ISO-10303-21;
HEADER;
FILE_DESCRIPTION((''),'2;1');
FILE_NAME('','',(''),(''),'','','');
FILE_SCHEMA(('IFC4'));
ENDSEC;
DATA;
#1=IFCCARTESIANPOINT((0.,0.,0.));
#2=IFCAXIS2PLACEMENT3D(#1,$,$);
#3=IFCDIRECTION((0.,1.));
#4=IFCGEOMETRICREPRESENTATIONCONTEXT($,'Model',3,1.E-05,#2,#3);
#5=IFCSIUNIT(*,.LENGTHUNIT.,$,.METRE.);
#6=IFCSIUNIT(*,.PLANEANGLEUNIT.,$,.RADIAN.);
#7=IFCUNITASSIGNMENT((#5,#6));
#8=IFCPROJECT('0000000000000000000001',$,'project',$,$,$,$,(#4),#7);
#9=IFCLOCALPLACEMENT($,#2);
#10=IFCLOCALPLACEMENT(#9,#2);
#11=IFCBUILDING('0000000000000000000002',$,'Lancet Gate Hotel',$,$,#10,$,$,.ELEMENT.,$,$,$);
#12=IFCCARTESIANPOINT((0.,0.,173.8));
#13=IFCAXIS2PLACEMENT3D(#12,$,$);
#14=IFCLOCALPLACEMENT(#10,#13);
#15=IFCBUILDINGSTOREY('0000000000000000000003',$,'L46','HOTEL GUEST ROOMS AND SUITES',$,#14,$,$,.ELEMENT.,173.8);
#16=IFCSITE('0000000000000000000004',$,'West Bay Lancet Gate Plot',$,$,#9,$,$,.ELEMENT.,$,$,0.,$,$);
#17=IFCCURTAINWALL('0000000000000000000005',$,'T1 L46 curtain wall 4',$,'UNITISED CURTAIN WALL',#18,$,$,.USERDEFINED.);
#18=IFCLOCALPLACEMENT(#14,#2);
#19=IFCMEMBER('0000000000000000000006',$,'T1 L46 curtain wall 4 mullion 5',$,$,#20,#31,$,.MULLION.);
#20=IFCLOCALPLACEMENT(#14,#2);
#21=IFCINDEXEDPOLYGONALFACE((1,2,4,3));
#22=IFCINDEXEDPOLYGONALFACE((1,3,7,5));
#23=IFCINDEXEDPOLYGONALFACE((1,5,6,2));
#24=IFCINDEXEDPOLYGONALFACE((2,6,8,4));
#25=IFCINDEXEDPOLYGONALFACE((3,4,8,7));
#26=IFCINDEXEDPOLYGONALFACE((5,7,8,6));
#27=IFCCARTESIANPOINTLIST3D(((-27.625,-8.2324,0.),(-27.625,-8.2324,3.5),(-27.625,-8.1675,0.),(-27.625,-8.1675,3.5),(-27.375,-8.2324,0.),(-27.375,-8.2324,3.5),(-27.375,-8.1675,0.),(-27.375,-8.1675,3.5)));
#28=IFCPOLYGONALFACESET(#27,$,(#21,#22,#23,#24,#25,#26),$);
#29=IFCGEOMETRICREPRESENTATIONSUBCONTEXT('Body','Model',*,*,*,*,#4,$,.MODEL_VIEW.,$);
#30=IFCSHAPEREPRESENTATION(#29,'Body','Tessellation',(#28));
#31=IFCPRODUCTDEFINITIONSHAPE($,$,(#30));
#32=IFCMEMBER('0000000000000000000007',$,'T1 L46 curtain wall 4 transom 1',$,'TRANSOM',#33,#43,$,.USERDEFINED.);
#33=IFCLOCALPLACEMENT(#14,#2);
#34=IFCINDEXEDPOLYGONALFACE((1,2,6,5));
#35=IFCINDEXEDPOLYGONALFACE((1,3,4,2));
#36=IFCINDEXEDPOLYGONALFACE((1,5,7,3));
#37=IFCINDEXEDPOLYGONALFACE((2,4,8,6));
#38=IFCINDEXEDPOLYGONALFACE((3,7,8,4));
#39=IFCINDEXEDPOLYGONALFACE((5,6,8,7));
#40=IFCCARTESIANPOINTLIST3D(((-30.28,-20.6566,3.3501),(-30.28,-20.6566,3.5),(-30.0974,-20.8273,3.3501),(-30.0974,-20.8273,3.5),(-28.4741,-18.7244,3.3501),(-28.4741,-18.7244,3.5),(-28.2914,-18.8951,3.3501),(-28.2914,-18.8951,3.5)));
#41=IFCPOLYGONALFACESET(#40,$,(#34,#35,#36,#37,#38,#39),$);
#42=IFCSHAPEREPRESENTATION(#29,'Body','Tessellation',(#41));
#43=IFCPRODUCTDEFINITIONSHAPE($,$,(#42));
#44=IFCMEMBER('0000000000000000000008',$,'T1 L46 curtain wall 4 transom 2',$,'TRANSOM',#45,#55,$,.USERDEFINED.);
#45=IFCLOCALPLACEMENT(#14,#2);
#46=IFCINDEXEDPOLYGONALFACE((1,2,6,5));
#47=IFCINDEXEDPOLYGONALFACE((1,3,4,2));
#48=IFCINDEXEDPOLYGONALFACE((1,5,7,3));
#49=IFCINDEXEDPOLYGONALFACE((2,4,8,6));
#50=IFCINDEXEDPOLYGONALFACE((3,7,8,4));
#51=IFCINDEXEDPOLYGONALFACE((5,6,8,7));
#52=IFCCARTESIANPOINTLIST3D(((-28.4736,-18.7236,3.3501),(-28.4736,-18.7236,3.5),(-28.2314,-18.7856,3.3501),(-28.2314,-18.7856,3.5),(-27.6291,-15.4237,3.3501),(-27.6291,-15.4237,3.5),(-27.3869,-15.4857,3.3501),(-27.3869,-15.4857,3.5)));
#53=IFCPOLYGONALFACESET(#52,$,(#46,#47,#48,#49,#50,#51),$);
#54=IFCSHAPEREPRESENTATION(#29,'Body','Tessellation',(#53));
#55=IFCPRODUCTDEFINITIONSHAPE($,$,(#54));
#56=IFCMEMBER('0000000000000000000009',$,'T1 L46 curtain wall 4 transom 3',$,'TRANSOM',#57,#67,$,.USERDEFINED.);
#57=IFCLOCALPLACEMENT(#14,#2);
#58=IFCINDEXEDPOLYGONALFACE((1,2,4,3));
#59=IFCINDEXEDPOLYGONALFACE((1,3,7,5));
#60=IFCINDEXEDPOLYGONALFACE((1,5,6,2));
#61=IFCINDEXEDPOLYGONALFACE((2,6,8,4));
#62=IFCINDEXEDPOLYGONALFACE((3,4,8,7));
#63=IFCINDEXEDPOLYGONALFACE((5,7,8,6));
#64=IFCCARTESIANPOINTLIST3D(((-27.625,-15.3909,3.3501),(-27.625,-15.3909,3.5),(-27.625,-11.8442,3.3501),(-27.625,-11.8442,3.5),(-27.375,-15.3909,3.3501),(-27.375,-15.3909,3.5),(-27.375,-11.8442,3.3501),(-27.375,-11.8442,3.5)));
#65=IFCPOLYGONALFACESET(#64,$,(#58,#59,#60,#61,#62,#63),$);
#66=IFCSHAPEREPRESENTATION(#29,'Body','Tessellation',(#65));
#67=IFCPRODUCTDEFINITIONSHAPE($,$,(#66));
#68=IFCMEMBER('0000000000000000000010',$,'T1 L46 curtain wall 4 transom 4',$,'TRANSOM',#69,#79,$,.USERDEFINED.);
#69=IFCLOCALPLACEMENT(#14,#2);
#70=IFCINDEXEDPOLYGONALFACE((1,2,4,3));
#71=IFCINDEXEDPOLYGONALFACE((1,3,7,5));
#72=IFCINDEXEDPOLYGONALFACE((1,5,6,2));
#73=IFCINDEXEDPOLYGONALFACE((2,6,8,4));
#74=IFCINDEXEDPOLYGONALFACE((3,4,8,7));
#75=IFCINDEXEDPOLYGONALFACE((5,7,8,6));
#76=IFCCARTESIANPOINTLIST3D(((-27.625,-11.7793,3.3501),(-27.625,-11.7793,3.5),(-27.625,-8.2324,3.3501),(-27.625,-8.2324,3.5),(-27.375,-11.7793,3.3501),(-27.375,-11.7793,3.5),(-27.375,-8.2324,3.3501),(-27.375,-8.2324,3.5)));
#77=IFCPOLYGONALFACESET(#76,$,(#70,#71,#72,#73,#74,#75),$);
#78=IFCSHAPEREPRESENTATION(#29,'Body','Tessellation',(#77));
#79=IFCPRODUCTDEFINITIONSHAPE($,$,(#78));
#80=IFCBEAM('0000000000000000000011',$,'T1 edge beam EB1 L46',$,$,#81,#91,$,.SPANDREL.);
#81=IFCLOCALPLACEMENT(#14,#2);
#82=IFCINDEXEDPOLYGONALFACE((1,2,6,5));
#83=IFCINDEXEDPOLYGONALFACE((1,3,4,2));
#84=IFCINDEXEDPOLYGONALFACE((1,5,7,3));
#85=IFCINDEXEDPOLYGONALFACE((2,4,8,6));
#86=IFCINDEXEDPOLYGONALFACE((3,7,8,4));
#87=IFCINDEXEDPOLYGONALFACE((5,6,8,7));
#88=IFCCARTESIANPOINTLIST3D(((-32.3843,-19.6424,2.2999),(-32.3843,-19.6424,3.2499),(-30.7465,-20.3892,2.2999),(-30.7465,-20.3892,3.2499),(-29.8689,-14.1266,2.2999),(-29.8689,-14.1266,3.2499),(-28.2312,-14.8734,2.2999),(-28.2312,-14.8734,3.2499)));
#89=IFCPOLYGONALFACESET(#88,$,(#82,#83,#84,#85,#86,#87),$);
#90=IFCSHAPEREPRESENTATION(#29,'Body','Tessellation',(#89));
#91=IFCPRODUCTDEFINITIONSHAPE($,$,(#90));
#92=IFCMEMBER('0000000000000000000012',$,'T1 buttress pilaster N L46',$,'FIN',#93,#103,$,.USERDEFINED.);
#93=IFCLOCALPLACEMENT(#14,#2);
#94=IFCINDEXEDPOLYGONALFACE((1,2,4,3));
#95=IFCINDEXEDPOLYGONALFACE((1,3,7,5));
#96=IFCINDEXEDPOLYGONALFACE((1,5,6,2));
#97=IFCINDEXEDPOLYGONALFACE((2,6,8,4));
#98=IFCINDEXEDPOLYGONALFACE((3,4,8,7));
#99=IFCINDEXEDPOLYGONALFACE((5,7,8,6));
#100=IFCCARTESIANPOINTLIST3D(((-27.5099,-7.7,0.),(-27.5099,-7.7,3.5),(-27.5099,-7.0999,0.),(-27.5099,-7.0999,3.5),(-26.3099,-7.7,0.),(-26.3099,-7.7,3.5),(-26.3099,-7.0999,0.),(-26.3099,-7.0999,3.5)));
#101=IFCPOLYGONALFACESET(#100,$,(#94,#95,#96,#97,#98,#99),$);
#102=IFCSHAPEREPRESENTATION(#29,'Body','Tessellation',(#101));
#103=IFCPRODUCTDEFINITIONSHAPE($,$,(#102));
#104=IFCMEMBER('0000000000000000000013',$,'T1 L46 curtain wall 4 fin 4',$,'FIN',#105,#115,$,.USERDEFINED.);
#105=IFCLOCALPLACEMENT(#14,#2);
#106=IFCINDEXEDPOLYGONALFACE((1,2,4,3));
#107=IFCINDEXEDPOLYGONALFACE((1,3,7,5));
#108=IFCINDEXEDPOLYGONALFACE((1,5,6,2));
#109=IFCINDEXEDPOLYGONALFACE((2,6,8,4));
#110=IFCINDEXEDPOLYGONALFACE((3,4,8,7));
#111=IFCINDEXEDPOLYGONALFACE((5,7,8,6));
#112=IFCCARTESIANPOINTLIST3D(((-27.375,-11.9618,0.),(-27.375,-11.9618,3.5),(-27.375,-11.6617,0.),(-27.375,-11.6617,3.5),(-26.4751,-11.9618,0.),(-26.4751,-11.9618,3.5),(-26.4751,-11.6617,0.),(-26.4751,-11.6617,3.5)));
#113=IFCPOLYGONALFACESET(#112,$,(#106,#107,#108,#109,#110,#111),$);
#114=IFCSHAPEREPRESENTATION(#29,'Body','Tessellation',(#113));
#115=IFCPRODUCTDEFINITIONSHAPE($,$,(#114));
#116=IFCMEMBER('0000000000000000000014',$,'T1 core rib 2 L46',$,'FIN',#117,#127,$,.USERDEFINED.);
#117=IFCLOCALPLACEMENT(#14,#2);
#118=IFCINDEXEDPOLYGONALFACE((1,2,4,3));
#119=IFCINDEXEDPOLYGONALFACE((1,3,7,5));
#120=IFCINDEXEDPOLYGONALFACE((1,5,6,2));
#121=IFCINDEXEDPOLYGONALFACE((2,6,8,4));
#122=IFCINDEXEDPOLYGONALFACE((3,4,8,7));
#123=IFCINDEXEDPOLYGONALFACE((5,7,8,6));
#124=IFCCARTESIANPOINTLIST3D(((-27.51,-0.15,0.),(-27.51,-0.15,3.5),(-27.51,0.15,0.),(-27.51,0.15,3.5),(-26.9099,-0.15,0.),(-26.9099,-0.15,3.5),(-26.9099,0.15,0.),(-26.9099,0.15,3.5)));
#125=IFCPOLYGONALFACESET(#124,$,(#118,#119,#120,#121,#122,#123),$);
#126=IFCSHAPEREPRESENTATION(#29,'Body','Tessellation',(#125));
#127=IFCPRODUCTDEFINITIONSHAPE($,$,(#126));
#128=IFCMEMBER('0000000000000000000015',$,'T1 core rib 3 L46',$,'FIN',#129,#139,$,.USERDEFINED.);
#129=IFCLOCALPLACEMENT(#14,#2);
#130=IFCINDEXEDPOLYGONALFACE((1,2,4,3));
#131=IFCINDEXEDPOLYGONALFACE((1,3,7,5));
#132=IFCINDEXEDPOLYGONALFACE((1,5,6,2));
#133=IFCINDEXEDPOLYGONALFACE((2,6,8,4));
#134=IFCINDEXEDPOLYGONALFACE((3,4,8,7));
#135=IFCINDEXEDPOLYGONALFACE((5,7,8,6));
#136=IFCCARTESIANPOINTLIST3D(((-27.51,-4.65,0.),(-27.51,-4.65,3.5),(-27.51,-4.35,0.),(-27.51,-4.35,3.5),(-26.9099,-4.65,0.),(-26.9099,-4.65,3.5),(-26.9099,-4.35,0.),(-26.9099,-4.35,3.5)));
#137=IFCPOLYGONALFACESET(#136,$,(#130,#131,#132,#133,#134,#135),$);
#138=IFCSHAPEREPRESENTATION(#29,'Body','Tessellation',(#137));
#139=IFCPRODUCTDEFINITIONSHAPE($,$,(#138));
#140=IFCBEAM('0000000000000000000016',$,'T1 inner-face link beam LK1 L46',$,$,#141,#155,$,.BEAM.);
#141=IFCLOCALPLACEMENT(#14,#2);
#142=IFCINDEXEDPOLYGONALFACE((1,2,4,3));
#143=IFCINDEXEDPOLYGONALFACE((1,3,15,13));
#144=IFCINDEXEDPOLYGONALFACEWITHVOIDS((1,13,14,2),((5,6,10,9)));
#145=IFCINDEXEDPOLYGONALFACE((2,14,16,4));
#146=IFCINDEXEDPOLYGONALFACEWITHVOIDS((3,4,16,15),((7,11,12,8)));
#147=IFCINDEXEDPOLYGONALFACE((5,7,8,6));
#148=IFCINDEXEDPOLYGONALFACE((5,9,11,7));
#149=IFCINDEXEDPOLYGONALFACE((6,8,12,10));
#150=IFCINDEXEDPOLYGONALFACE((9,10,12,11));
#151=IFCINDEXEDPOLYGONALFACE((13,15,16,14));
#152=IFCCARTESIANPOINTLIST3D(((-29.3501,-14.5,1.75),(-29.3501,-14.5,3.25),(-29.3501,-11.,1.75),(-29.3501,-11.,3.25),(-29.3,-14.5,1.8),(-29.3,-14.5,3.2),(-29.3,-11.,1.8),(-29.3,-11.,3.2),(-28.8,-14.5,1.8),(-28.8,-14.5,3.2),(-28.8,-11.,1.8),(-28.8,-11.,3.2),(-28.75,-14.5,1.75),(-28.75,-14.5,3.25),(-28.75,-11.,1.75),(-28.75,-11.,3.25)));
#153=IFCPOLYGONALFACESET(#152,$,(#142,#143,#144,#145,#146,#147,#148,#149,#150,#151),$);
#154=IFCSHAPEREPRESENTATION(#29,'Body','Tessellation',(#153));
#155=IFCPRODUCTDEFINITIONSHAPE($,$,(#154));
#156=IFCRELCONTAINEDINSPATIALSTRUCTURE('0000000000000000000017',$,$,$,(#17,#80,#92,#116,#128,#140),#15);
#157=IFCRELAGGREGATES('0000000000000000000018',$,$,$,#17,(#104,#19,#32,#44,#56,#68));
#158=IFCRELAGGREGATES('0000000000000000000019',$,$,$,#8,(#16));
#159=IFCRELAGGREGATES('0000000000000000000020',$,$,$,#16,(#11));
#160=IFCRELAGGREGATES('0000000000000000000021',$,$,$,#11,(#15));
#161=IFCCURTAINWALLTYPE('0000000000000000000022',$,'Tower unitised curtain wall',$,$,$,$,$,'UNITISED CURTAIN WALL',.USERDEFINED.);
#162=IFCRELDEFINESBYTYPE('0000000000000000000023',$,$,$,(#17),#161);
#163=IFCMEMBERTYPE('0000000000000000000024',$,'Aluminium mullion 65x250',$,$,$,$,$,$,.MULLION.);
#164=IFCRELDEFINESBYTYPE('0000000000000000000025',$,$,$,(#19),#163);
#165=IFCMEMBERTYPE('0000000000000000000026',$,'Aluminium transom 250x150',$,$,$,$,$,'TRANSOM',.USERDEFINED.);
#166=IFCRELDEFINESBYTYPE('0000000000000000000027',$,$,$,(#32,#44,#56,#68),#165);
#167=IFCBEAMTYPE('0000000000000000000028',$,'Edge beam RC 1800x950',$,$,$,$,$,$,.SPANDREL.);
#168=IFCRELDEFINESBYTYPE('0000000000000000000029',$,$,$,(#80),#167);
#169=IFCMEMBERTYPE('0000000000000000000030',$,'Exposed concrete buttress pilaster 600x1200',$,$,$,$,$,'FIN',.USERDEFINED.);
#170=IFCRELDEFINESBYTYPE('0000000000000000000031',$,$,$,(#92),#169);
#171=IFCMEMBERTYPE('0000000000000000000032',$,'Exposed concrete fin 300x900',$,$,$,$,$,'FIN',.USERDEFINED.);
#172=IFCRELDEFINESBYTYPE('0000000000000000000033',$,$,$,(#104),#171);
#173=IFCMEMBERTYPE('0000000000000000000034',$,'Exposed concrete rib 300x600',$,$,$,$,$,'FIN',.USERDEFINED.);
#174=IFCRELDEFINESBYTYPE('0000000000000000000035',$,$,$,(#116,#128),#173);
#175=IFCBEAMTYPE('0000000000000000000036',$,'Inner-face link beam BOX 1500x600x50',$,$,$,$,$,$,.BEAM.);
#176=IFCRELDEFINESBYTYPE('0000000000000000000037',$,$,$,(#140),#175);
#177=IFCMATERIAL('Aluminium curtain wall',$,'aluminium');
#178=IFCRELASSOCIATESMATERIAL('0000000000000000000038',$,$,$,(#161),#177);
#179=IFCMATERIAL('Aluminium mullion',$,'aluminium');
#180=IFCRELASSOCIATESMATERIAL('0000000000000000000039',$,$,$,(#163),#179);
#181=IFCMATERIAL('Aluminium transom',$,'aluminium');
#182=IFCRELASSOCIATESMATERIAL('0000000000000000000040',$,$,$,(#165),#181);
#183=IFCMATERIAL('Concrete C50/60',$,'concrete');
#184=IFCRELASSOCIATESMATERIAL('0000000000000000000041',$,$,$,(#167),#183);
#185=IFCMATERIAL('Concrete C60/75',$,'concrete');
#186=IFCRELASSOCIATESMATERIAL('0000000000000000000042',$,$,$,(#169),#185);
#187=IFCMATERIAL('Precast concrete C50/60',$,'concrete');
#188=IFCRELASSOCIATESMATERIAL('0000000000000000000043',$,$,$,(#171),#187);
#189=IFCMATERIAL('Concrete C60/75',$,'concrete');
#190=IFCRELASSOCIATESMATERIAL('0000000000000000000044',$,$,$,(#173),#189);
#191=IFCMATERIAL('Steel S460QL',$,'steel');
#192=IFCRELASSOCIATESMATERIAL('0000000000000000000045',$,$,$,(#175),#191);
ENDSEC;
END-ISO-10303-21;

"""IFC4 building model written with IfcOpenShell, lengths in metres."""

from ifc_helpers import new_model, si_unit, direction, frame, origin, origin_2d, place, context, subcontext, project, spatial, rectangle, hollow_rectangle, extrude, material, material_profile, profile_set, type_object, element, aggregate, save


model = new_model("IFC4")

# Units and contexts
model_context = context("Model", 3, precision=1e-05, world=origin(), true_north=direction((0.0, 1.0)))
body_context = subcontext(model_context, "Body", "Model", "MODEL_VIEW")
ifc_project = project(units=[si_unit("LENGTHUNIT", "METRE"), si_unit("PLANEANGLEUNIT", "RADIAN")], contexts=[model_context])

# Site, building, storey
site_placement = place(None, origin())
site = spatial("IfcSite", under=ifc_project, at=site_placement, Name="West Bay Lancet Gate Plot", CompositionType="ELEMENT", RefElevation=0.0)
building_placement = place(site_placement, origin())
building = spatial("IfcBuilding", under=site, at=building_placement, Name="Lancet Gate Hotel", CompositionType="ELEMENT")
storey_placement = place(building_placement, frame((0.0, 0.0, 173.8)))
storey = spatial("IfcBuildingStorey", under=building, at=storey_placement, Name="L46", Description="HOTEL GUEST ROOMS AND SUITES", CompositionType="ELEMENT", Elevation=173.8)

# Curtain wall, members
ifc_material_1 = material(Name="Aluminium curtain wall", Category="aluminium")
curtain_wall_type = type_object("IfcCurtainWallType", Name="Tower unitised curtain wall", ElementType="UNITISED CURTAIN WALL", PredefinedType="USERDEFINED", material=ifc_material_1)
curtain_wall_placement = place(storey_placement, origin())
curtain_wall = element("IfcCurtainWall", 1, at=curtain_wall_placement, inside=storey, type_object=curtain_wall_type, Name="T1 L46 curtain wall 4", ObjectType="UNITISED CURTAIN WALL", PredefinedType="USERDEFINED")
ifc_material_2 = material(Name="Aluminium mullion", Category="aluminium")
ifc_material_profile_1 = material_profile(ifc_material_2, rectangle(XDim=0.0649, YDim=0.25, at=origin_2d()), Name="MULLION 65x250")
ifc_profile_set_1 = profile_set([ifc_material_profile_1], Name="Aluminium mullion")
member_type_1 = type_object("IfcMemberType", Name="Aluminium mullion 65x250", PredefinedType="MULLION", material=ifc_profile_set_1)
member_1_placement = place(storey_placement, frame((-27.5, -8.2, 0.0), z_axis=(0.0, 0.0, 1.0), x_axis=(0.0, 1.0, 0.0)))
member_1 = element("IfcMember", 2, at=member_1_placement, type_object=member_type_1, Name="T1 L46 curtain wall 4 mullion 5", PredefinedType="MULLION", context=body_context, shape_type="SweptSolid", body=[
    extrude(rectangle(XDim=0.0649, YDim=0.25, at=origin_2d()), origin(), (0.0, 0.0, 1.0), 3.5),
])
ifc_material_3 = material(Name="Aluminium transom", Category="aluminium")
ifc_material_profile_2 = material_profile(ifc_material_3, rectangle(XDim=0.25, YDim=0.1499, at=origin_2d()), Name="TRANSOM 250x150")
ifc_profile_set_2 = profile_set([ifc_material_profile_2], Name="Aluminium transom")
member_type_2 = type_object("IfcMemberType", Name="Aluminium transom 250x150", ElementType="TRANSOM", PredefinedType="USERDEFINED", material=ifc_profile_set_2)
member_2_placement = place(storey_placement, frame((-30.1887, -20.7419, 3.425), z_axis=(0.682841, 0.730567, 0.0), x_axis=(-0.730567, 0.682841, 0.0)))
member_2 = element("IfcMember", 3, at=member_2_placement, type_object=member_type_2, Name="T1 L46 curtain wall 4 transom 1", ObjectType="TRANSOM", PredefinedType="USERDEFINED", context=body_context, shape_type="SweptSolid", body=[
    extrude(rectangle(XDim=0.25, YDim=0.1499, at=origin_2d()), origin(), (0.0, 0.0, 1.0), 2.6448),
])
member_3_placement = place(storey_placement, frame((-28.3525, -18.7546, 3.425), z_axis=(0.247929, 0.968778, 0.0), x_axis=(-0.968778, 0.247929, 0.0)))
member_3 = element("IfcMember", 4, at=member_3_placement, type_object=member_type_2, Name="T1 L46 curtain wall 4 transom 2", ObjectType="TRANSOM", PredefinedType="USERDEFINED", context=body_context, shape_type="SweptSolid", body=[
    extrude(rectangle(XDim=0.25, YDim=0.1499, at=origin_2d()), origin(), (0.0, 0.0, 1.0), 3.4062),
])
member_4_placement = place(storey_placement, frame((-27.5, -15.3909, 3.425), z_axis=(0.0, 1.0, 0.0), x_axis=(-1.0, 0.0, 0.0)))
member_4 = element("IfcMember", 5, at=member_4_placement, type_object=member_type_2, Name="T1 L46 curtain wall 4 transom 3", ObjectType="TRANSOM", PredefinedType="USERDEFINED", context=body_context, shape_type="SweptSolid", body=[
    extrude(rectangle(XDim=0.25, YDim=0.1499, at=origin_2d()), origin(), (0.0, 0.0, 1.0), 3.5466),
])
member_5_placement = place(storey_placement, frame((-27.5, -11.7793, 3.425), z_axis=(0.0, 1.0, 0.0), x_axis=(-1.0, 0.0, 0.0)))
member_5 = element("IfcMember", 6, at=member_5_placement, type_object=member_type_2, Name="T1 L46 curtain wall 4 transom 4", ObjectType="TRANSOM", PredefinedType="USERDEFINED", context=body_context, shape_type="SweptSolid", body=[
    extrude(rectangle(XDim=0.25, YDim=0.1499, at=origin_2d()), origin(), (0.0, 0.0, 1.0), 3.5469),
])

# Beam
ifc_material_4 = material(Name="Concrete C50/60", Category="concrete")
ifc_material_profile_3 = material_profile(ifc_material_4, rectangle(XDim=1.8, YDim=0.95, at=origin_2d()), Name="RC 1800x950")
ifc_profile_set_3 = profile_set([ifc_material_profile_3], Name="Concrete C50/60")
beam_type_1 = type_object("IfcBeamType", Name="Edge beam RC 1800x950", PredefinedType="SPANDREL", material=ifc_profile_set_3)
beam_1_placement = place(storey_placement, frame((-29.05, -14.5, 2.7749), z_axis=(-0.414919, -0.909858, 0.0), x_axis=(0.909858, -0.414919, 0.0)))
element("IfcBeam", 7, at=beam_1_placement, inside=storey, type_object=beam_type_1, Name="T1 edge beam EB1 L46", PredefinedType="SPANDREL", context=body_context, shape_type="SweptSolid", body=[
    extrude(rectangle(XDim=1.8, YDim=0.95, at=origin_2d()), origin(), (0.0, 0.0, 1.0), 6.0623),
])

# Members
ifc_material_5 = material(Name="Concrete C60/75", Category="concrete")
ifc_material_profile_4 = material_profile(ifc_material_5, rectangle(XDim=0.6001, YDim=1.2, at=origin_2d()), Name="FIN 600x1200")
ifc_profile_set_4 = profile_set([ifc_material_profile_4], Name="Concrete C60/75")
member_type_3 = type_object("IfcMemberType", Name="Exposed concrete buttress pilaster 600x1200", ElementType="FIN", PredefinedType="USERDEFINED", material=ifc_profile_set_4)
member_6_placement = place(storey_placement, frame((-26.9099, -7.3999, 0.0), z_axis=(0.0, 0.0, 1.0), x_axis=(0.0, 1.0, 0.0)))
element("IfcMember", 8, at=member_6_placement, inside=storey, type_object=member_type_3, Name="T1 buttress pilaster N L46", ObjectType="FIN", PredefinedType="USERDEFINED", context=body_context, shape_type="SweptSolid", body=[
    extrude(rectangle(XDim=0.6001, YDim=1.2, at=origin_2d()), origin(), (0.0, 0.0, 1.0), 3.5),
])
ifc_material_6 = material(Name="Precast concrete C50/60", Category="concrete")
ifc_material_profile_5 = material_profile(ifc_material_6, rectangle(XDim=0.3, YDim=0.8999, at=origin_2d()), Name="FIN 300x900")
ifc_profile_set_5 = profile_set([ifc_material_profile_5], Name="Precast concrete C50/60")
member_type_4 = type_object("IfcMemberType", Name="Exposed concrete fin 300x900", ElementType="FIN", PredefinedType="USERDEFINED", material=ifc_profile_set_5)
member_7_placement = place(storey_placement, frame((-26.925, -11.8118, 0.0), z_axis=(0.0, 0.0, 1.0), x_axis=(0.0, 1.0, 0.0)))
member_7 = element("IfcMember", 9, at=member_7_placement, type_object=member_type_4, Name="T1 L46 curtain wall 4 fin 4", ObjectType="FIN", PredefinedType="USERDEFINED", context=body_context, shape_type="SweptSolid", body=[
    extrude(rectangle(XDim=0.3, YDim=0.8999, at=origin_2d()), origin(), (0.0, 0.0, 1.0), 3.5),
])

# Members
ifc_material_7 = material(Name="Concrete C60/75", Category="concrete")
ifc_material_profile_6 = material_profile(ifc_material_7, rectangle(XDim=0.3, YDim=0.6001, at=origin_2d()), Name="FIN 300x600")
ifc_profile_set_6 = profile_set([ifc_material_profile_6], Name="Concrete C60/75")
member_type_5 = type_object("IfcMemberType", Name="Exposed concrete rib 300x600", ElementType="FIN", PredefinedType="USERDEFINED", material=ifc_profile_set_6)
for number, where, z_axis, x_axis, name in (
    (10, (-27.21, 0.0, 0.0), (0.0, 0.0, 1.0), (0.0, 1.0, 0.0), "T1 core rib 2 L46"),
    (11, (-27.21, -4.5, 0.0), (0.0, 0.0, 1.0), (0.0, 1.0, 0.0), "T1 core rib 3 L46"),
):
    element("IfcMember", number, at=place(storey_placement, frame(where, z_axis=z_axis, x_axis=x_axis)), inside=storey, type_object=member_type_5, Name=name, ObjectType="FIN", PredefinedType="USERDEFINED", context=body_context, shape_type="SweptSolid", body=[
        extrude(rectangle(XDim=0.3, YDim=0.6001, at=origin_2d()), origin(), (0.0, 0.0, 1.0), 3.5),
    ])

# Beam
ifc_material_8 = material(Name="Steel S460QL", Category="steel")
ifc_material_profile_7 = material_profile(ifc_material_8, hollow_rectangle(XDim=0.6001, YDim=1.5, WallThickness=0.05, at=origin_2d()), Name="BOX 1500x600x50")
ifc_profile_set_7 = profile_set([ifc_material_profile_7], Name="Steel S460QL")
beam_type_2 = type_object("IfcBeamType", Name="Inner-face link beam BOX 1500x600x50", PredefinedType="BEAM", material=ifc_profile_set_7)
beam_2_placement = place(storey_placement, frame((-29.05, -11.0, 2.5), z_axis=(0.0, -1.0, 0.0), x_axis=(1.0, 0.0, 0.0)))
element("IfcBeam", 12, at=beam_2_placement, inside=storey, type_object=beam_type_2, Name="T1 inner-face link beam LK1 L46", PredefinedType="BEAM", context=body_context, shape_type="SweptSolid", body=[
    extrude(hollow_rectangle(XDim=0.6001, YDim=1.5, WallThickness=0.05, at=origin_2d()), origin(), (0.0, 0.0, 1.0), 3.5),
])

aggregate(curtain_wall, [member_7, member_1, member_2, member_3, member_4, member_5])

save(model, "model.ifc")
